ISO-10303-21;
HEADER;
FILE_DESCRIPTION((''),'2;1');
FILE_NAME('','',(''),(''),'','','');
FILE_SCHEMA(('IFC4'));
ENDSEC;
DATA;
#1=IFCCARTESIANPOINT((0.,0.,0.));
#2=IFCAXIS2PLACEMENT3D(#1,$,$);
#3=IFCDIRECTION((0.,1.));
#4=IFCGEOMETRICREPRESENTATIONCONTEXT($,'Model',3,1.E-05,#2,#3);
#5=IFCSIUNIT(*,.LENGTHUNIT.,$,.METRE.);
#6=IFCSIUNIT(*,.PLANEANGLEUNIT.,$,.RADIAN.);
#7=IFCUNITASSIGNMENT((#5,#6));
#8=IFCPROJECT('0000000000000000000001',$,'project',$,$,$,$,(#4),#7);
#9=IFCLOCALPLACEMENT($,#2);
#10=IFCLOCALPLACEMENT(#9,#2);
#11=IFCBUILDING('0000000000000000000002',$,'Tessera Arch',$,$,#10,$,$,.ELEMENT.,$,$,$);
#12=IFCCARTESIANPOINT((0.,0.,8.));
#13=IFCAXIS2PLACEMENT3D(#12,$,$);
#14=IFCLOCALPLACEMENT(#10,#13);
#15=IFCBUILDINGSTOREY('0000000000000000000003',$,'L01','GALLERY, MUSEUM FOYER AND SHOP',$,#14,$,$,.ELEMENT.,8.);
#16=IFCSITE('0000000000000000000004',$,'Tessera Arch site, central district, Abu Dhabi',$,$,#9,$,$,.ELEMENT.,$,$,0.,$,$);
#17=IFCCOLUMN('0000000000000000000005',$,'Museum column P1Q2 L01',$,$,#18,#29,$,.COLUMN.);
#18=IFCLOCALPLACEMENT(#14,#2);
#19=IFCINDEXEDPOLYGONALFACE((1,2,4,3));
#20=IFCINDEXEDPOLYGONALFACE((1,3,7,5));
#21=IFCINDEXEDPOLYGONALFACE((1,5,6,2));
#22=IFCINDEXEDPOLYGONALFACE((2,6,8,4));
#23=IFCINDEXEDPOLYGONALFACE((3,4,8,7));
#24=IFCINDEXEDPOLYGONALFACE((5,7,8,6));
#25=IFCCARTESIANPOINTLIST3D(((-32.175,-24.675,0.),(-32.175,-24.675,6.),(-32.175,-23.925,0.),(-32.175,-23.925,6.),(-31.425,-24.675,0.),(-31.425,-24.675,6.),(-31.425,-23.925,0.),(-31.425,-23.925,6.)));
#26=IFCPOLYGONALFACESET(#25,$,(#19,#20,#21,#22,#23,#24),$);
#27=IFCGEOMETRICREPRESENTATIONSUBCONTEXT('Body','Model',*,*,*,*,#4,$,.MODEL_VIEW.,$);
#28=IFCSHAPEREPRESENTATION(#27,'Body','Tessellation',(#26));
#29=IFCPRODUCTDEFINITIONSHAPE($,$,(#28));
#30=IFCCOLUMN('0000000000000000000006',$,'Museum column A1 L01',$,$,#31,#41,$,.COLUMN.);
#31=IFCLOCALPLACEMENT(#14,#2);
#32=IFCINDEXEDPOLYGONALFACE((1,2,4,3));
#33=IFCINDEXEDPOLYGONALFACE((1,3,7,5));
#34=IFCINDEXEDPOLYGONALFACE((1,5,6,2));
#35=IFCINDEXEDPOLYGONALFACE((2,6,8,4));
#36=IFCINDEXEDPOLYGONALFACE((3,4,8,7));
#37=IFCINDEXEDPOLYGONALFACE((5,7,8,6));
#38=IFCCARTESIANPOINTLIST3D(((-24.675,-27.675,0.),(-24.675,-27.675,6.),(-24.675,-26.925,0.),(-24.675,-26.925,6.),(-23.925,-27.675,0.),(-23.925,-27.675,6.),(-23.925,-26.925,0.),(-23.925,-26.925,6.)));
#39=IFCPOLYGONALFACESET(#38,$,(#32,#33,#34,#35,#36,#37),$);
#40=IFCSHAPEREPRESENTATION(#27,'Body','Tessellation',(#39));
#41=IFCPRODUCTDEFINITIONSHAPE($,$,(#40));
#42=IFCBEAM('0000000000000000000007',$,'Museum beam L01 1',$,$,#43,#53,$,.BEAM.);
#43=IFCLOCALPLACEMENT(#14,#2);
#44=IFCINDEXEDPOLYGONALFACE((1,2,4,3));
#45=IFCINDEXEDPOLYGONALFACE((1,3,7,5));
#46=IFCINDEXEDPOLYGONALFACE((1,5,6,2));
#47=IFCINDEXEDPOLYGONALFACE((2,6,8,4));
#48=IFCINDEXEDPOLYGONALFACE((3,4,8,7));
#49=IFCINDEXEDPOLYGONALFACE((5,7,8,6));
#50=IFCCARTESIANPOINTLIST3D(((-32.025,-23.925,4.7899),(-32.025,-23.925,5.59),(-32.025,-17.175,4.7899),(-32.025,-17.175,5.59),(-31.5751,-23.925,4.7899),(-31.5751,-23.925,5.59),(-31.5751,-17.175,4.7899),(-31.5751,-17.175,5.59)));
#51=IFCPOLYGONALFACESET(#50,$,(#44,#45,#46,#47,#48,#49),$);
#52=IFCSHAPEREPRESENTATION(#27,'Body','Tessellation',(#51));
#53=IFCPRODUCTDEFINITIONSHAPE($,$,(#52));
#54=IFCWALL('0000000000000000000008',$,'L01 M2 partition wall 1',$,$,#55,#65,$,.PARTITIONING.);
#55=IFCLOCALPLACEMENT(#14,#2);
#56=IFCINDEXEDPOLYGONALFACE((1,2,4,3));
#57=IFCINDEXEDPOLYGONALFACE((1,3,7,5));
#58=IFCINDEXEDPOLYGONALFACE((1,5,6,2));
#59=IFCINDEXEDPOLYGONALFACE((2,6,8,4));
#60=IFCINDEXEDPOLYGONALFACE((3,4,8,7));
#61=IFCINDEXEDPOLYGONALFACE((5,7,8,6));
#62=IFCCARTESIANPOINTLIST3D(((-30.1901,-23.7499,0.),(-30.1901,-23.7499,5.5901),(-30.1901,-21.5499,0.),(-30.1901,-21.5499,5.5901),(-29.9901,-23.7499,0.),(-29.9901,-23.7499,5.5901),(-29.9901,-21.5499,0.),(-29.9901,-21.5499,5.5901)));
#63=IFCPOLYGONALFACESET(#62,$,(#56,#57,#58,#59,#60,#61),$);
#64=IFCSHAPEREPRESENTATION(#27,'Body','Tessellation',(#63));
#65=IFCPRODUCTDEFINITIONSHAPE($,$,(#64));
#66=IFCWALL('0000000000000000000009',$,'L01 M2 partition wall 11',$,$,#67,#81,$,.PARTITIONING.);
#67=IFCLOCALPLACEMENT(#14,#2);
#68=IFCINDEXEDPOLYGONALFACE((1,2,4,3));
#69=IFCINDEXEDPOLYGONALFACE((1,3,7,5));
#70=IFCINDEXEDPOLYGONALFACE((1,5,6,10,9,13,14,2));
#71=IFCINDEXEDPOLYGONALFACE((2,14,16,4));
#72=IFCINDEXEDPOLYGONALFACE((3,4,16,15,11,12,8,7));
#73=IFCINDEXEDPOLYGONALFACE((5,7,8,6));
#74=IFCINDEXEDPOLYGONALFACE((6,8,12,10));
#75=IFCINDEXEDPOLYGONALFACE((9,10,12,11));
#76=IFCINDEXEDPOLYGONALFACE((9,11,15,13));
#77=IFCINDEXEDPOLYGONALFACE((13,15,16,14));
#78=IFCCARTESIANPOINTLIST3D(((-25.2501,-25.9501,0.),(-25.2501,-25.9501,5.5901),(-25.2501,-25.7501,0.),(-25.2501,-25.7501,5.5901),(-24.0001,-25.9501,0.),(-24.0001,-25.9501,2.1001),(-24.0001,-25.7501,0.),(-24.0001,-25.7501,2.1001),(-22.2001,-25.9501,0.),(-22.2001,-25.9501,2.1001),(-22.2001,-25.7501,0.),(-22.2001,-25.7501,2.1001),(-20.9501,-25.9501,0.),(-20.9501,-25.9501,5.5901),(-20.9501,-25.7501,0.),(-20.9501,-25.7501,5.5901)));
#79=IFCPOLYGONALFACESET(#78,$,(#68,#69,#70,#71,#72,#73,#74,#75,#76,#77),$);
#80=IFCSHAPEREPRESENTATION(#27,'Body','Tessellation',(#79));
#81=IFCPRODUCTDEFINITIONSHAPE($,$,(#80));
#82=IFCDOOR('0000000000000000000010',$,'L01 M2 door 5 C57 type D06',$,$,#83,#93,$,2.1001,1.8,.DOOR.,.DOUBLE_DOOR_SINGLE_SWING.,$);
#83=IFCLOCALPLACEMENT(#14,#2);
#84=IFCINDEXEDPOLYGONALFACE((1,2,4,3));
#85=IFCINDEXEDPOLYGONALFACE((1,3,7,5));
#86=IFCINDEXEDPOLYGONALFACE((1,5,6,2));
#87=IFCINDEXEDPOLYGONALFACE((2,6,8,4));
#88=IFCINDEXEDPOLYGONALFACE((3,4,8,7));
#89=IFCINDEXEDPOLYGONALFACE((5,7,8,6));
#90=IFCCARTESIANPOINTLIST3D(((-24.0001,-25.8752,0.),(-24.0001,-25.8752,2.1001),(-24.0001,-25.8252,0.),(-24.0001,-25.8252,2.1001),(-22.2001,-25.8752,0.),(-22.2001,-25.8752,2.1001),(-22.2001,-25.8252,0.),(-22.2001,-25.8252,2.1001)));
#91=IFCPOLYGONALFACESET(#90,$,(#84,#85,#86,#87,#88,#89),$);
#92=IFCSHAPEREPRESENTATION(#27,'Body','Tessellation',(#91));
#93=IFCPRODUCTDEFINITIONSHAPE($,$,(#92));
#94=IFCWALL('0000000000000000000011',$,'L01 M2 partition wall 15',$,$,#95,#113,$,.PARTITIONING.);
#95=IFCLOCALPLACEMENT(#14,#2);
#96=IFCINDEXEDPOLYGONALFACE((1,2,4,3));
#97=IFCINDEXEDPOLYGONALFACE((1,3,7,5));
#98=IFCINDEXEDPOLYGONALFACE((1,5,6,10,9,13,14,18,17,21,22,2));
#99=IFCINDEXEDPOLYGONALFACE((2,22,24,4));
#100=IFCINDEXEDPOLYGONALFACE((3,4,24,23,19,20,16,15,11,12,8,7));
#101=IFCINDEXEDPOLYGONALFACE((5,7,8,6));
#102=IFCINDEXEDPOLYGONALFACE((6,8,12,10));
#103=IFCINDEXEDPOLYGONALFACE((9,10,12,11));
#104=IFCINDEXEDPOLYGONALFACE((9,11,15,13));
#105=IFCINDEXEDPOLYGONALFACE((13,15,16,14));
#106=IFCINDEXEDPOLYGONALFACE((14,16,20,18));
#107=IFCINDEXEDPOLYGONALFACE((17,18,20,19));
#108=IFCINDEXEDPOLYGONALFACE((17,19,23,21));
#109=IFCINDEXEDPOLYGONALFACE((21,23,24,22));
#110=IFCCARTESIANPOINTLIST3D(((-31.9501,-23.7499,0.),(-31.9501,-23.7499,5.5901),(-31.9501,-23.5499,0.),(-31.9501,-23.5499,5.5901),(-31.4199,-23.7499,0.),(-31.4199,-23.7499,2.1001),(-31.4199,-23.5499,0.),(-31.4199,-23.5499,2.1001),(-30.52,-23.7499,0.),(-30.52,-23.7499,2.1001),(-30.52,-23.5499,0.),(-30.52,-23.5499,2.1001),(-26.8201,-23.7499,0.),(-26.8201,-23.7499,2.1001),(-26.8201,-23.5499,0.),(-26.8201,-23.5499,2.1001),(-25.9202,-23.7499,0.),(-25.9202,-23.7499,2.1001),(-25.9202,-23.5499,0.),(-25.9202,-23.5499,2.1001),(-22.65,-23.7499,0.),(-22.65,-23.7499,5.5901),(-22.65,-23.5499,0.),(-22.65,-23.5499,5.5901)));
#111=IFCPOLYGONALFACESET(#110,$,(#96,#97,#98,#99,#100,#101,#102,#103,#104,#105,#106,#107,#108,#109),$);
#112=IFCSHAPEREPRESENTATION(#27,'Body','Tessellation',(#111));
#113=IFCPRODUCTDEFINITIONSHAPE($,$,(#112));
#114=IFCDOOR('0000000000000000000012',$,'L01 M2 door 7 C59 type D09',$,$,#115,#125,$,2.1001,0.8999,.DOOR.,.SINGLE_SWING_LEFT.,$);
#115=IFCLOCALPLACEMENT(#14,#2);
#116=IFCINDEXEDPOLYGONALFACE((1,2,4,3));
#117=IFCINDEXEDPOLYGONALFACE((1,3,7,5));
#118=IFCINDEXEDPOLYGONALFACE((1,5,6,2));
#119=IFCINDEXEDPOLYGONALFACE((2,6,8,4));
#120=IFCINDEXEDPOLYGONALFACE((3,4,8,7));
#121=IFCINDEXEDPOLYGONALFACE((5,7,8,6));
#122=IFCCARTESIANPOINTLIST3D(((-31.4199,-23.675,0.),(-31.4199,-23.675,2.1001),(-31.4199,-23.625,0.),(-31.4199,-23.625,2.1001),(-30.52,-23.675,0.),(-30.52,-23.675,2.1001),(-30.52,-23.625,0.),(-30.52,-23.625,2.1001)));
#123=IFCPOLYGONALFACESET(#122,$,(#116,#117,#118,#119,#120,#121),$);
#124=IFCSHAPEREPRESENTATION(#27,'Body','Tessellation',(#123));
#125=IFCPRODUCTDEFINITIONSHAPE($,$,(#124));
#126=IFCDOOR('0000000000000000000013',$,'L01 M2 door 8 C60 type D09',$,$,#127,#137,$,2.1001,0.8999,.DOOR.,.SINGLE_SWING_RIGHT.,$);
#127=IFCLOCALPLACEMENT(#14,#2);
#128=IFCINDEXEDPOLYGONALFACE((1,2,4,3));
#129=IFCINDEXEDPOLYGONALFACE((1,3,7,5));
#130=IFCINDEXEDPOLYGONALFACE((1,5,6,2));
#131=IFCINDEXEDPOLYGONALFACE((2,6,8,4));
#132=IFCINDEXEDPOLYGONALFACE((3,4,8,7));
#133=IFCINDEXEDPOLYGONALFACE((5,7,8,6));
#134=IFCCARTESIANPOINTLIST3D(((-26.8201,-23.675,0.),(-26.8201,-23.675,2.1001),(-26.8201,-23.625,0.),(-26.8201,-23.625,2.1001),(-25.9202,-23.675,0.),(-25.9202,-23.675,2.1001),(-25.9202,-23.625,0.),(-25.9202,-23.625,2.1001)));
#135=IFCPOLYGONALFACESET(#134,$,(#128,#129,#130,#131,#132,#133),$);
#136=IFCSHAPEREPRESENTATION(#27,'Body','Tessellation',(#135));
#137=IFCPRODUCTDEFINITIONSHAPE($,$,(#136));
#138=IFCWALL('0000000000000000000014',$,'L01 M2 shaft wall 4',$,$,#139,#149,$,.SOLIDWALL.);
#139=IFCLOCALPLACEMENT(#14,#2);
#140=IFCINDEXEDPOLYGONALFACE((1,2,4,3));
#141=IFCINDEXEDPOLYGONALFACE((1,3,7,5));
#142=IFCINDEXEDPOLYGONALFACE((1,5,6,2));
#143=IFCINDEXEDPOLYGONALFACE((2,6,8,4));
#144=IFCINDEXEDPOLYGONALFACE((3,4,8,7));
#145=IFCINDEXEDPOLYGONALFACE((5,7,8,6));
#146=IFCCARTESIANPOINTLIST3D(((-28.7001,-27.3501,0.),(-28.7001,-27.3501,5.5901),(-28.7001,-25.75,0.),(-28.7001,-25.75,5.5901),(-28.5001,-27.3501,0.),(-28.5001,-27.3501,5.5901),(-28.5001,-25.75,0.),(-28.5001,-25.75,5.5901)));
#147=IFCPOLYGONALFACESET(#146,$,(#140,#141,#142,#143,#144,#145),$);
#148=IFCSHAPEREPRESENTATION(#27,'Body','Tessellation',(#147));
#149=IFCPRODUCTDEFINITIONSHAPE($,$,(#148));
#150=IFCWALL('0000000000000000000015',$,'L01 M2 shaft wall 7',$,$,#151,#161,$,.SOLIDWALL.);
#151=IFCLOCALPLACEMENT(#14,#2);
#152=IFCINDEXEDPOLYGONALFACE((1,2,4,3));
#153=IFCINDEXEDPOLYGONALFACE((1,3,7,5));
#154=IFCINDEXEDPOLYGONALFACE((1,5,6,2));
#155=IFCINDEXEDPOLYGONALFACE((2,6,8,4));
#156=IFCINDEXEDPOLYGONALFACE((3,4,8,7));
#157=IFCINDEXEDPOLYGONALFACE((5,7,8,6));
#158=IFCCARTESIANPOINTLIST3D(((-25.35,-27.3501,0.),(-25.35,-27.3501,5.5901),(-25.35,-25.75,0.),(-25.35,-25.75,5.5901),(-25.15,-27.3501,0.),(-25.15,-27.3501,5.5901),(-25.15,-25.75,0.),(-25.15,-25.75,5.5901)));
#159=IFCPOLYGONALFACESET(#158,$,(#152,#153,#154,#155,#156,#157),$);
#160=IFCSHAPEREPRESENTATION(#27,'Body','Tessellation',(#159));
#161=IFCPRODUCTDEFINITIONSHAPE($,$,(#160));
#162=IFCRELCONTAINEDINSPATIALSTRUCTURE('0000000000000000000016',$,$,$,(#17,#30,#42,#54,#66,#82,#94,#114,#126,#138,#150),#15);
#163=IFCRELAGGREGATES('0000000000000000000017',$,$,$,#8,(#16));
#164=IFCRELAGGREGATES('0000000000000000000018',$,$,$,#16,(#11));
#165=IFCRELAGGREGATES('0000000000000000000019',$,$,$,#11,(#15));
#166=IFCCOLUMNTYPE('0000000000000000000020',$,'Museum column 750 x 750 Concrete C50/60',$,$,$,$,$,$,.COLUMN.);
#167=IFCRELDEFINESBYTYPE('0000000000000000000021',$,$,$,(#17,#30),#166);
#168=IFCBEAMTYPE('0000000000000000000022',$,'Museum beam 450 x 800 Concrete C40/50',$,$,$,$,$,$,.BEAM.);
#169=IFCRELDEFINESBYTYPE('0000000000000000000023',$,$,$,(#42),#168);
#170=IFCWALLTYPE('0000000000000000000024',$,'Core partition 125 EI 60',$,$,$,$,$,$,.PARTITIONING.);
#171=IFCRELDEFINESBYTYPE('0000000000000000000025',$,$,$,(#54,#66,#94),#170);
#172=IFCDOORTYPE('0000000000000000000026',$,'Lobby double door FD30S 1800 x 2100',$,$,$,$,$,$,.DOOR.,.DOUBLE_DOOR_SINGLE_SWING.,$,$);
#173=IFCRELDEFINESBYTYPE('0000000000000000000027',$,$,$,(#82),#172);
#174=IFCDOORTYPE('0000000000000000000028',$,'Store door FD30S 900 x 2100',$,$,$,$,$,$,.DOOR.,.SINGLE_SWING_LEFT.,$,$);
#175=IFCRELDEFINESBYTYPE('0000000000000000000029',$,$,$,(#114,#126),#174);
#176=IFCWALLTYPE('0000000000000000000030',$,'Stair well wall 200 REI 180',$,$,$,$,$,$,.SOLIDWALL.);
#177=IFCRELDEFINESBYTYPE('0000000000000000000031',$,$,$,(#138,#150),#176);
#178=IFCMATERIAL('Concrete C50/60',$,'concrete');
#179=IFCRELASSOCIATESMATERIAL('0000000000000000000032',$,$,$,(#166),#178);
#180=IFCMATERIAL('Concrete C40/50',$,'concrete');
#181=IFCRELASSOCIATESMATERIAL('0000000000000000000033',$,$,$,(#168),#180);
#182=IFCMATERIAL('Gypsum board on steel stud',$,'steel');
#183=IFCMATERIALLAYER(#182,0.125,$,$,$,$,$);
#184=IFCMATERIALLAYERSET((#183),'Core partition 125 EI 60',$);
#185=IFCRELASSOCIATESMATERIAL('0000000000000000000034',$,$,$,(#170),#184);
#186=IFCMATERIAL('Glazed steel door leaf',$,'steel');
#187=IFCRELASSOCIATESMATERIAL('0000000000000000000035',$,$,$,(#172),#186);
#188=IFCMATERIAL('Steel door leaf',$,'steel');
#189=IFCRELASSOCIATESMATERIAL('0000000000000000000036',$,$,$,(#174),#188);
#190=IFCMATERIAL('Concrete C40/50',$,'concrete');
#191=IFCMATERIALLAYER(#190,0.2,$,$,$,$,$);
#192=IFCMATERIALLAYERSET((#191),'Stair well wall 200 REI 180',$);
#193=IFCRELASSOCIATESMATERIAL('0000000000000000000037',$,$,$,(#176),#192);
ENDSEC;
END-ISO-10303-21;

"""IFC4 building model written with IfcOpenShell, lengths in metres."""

from ifc_helpers import new_model, si_unit, direction, frame, frame_2d, origin, origin_2d, place, context, subcontext, project, spatial, rectangle, extrude, material, layer, layer_set, material_profile, profile_set, type_object, element, fill, save


model = new_model("IFC4")

# Units and contexts
model_context = context("Model", 3, precision=1e-05, world=origin(), true_north=direction((0.0, 1.0)))
body_context = subcontext(model_context, "Body", "Model", "MODEL_VIEW")
ifc_project = project(units=[si_unit("LENGTHUNIT", "METRE"), si_unit("PLANEANGLEUNIT", "RADIAN")], contexts=[model_context])

# Site, building, storey
site_placement = place(None, origin())
site = spatial("IfcSite", under=ifc_project, at=site_placement, Name="Tessera Arch site, central district, Abu Dhabi", CompositionType="ELEMENT", RefElevation=0.0)
building_placement = place(site_placement, origin())
building = spatial("IfcBuilding", under=site, at=building_placement, Name="Tessera Arch", CompositionType="ELEMENT")
storey_placement = place(building_placement, frame((0.0, 0.0, 8.0)))
storey = spatial("IfcBuildingStorey", under=building, at=storey_placement, Name="L01", Description="GALLERY, MUSEUM FOYER AND SHOP", CompositionType="ELEMENT", Elevation=8.0)

# Columns
ifc_material_1 = material(Name="Concrete C50/60", Category="concrete")
ifc_material_profile_1 = material_profile(ifc_material_1, rectangle(XDim=0.75, YDim=0.75, at=origin_2d()), Name="Museum column 750 x 750 Concrete C50/60")
ifc_profile_set_1 = profile_set([ifc_material_profile_1], Name="Concrete C50/60")
column_type = type_object("IfcColumnType", Name="Museum column 750 x 750 Concrete C50/60", PredefinedType="COLUMN", material=ifc_profile_set_1)
for number, where, z_axis, x_axis, name in (
    (1, (-31.8, -24.3, 0.0), (0.0, 0.0, 1.0), (1.0, 0.0, 0.0), "Museum column P1Q2 L01"),
    (2, (-24.3, -27.3, 0.0), (0.0, 0.0, 1.0), (1.0, 0.0, 0.0), "Museum column A1 L01"),
):
    element("IfcColumn", number, at=place(storey_placement, frame(where, z_axis=z_axis, x_axis=x_axis)), inside=storey, type_object=column_type, Name=name, PredefinedType="COLUMN", context=body_context, shape_type="SweptSolid", body=[
        extrude(rectangle(XDim=0.75, YDim=0.75, at=origin_2d()), origin(), (0.0, 0.0, 1.0), 6.0),
    ])

# Beam
ifc_material_2 = material(Name="Concrete C40/50", Category="concrete")
ifc_material_profile_2 = material_profile(ifc_material_2, rectangle(XDim=0.45, YDim=0.8, at=origin_2d()), Name="Museum beam 450 x 800 Concrete C40/50")
ifc_profile_set_2 = profile_set([ifc_material_profile_2], Name="Concrete C40/50")
beam_type = type_object("IfcBeamType", Name="Museum beam 450 x 800 Concrete C40/50", PredefinedType="BEAM", material=ifc_profile_set_2)
beam_placement = place(storey_placement, frame((-31.8, -23.925, 5.1899), z_axis=(0.0, 1.0, 0.0), x_axis=(-1.0, 0.0, 0.0)))
element("IfcBeam", 3, at=beam_placement, inside=storey, type_object=beam_type, Name="Museum beam L01 1", PredefinedType="BEAM", context=body_context, shape_type="SweptSolid", body=[
    extrude(rectangle(XDim=0.45, YDim=0.8, at=origin_2d()), origin(), (0.0, 0.0, 1.0), 6.75),
])

# Wall
ifc_material_3 = material(Name="Gypsum board on steel stud", Category="steel")
ifc_layer_1 = layer(ifc_material_3, 0.125)
ifc_layer_set_1 = layer_set([ifc_layer_1], Name="Core partition 125 EI 60")
wall_type_1 = type_object("IfcWallType", Name="Core partition 125 EI 60", PredefinedType="PARTITIONING", material=ifc_layer_set_1)
wall_1_placement = place(storey_placement, frame((-30.0901, -23.75, 0.0), z_axis=(0.0, 0.0, 1.0), x_axis=(0.0, 1.0, 0.0)))
element("IfcWall", 4, at=wall_1_placement, inside=storey, type_object=wall_type_1, Name="L01 M2 partition wall 1", PredefinedType="PARTITIONING", context=body_context, shape_type="SweptSolid", body=[
    extrude(rectangle(XDim=2.2, YDim=0.2, at=frame_2d((1.1001, 0.0))), origin(), (0.0, 0.0, 1.0), 5.5901),
])

# Wall, opening, door
wall_2_placement = place(storey_placement, frame((-25.25, -25.8501, 0.0), z_axis=(0.0, 0.0, 1.0), x_axis=(1.0, 0.0, 0.0)))
wall_2 = element("IfcWall", 5, at=wall_2_placement, inside=storey, type_object=wall_type_1, Name="L01 M2 partition wall 11", PredefinedType="PARTITIONING", context=body_context, shape_type="SweptSolid", body=[
    extrude(rectangle(XDim=4.3, YDim=0.2, at=frame_2d((2.1499, 0.0))), origin(), (0.0, 0.0, 1.0), 5.5901),
])
opening_1_placement = place(wall_2_placement, frame((1.25, 0.0, 0.0)))
opening_1 = element("IfcOpeningElement", 6, at=opening_1_placement, cuts=wall_2, PredefinedType="OPENING", context=body_context, shape_type="SweptSolid", body=[
    extrude(rectangle(XDim=1.8, YDim=2.1001, at=frame_2d((0.8999, 1.05))), frame((0.0, 0.1099, 0.0), z_axis=(0.0, -1.0, 0.0), x_axis=(1.0, 0.0, 0.0)), (0.0, 0.0, 1.0), 0.22),
])
ifc_material_4 = material(Name="Glazed steel door leaf", Category="steel")
door_type_1 = type_object("IfcDoorType", Name="Lobby double door FD30S 1800 x 2100", OperationType="DOUBLE_DOOR_SINGLE_SWING", PredefinedType="DOOR", material=ifc_material_4)
door_1_placement = place(opening_1_placement, origin())
door_1 = element("IfcDoor", 7, at=door_1_placement, inside=storey, type_object=door_type_1, Name="L01 M2 door 5 C57 type D06", OperationType="DOUBLE_DOOR_SINGLE_SWING", OverallHeight=2.1001, OverallWidth=1.8, PredefinedType="DOOR", context=body_context, shape_type="SweptSolid", body=[
    extrude(rectangle(XDim=1.8, YDim=2.1001, at=frame_2d((0.8999, 1.05))), frame((0.0, 0.0249, 0.0), z_axis=(0.0, -1.0, 0.0), x_axis=(1.0, 0.0, 0.0)), (0.0, 0.0, 1.0), 0.05),
])
fill(opening_1, door_1)

# Wall, openings, doors
wall_3_placement = place(storey_placement, frame((-31.95, -23.6499, 0.0), z_axis=(0.0, 0.0, 1.0), x_axis=(1.0, 0.0, 0.0)))
wall_3 = element("IfcWall", 8, at=wall_3_placement, inside=storey, type_object=wall_type_1, Name="L01 M2 partition wall 15", PredefinedType="PARTITIONING", context=body_context, shape_type="SweptSolid", body=[
    extrude(rectangle(XDim=9.3, YDim=0.2, at=frame_2d((4.6499, 0.0))), origin(), (0.0, 0.0, 1.0), 5.5901),
])
opening_2_placement = place(wall_3_placement, frame((0.53, 0.0, 0.0)))
opening_2 = element("IfcOpeningElement", 9, at=opening_2_placement, cuts=wall_3, PredefinedType="OPENING", context=body_context, shape_type="SweptSolid", body=[
    extrude(rectangle(XDim=0.8999, YDim=2.1001, at=frame_2d((0.45, 1.05))), frame((0.0, 0.1099, 0.0), z_axis=(0.0, -1.0, 0.0), x_axis=(1.0, 0.0, 0.0)), (0.0, 0.0, 1.0), 0.22),
])
opening_3_placement = place(wall_3_placement, frame((5.1299, 0.0, 0.0)))
opening_3 = element("IfcOpeningElement", 10, at=opening_3_placement, cuts=wall_3, PredefinedType="OPENING", context=body_context, shape_type="SweptSolid", body=[
    extrude(rectangle(XDim=0.8999, YDim=2.1001, at=frame_2d((0.45, 1.05))), frame((0.0, 0.1099, 0.0), z_axis=(0.0, -1.0, 0.0), x_axis=(1.0, 0.0, 0.0)), (0.0, 0.0, 1.0), 0.22),
])
ifc_material_5 = material(Name="Steel door leaf", Category="steel")
door_type_2 = type_object("IfcDoorType", Name="Store door FD30S 900 x 2100", OperationType="SINGLE_SWING_LEFT", PredefinedType="DOOR", material=ifc_material_5)
door_2_placement = place(opening_2_placement, origin())
door_2 = element("IfcDoor", 11, at=door_2_placement, inside=storey, type_object=door_type_2, Name="L01 M2 door 7 C59 type D09", OperationType="SINGLE_SWING_LEFT", OverallHeight=2.1001, OverallWidth=0.8999, PredefinedType="DOOR", context=body_context, shape_type="SweptSolid", body=[
    extrude(rectangle(XDim=0.8999, YDim=2.1001, at=frame_2d((0.45, 1.05))), frame((0.0, 0.0249, 0.0), z_axis=(0.0, -1.0, 0.0), x_axis=(1.0, 0.0, 0.0)), (0.0, 0.0, 1.0), 0.05),
])
fill(opening_2, door_2)
door_3_placement = place(opening_3_placement, origin())
door_3 = element("IfcDoor", 12, at=door_3_placement, inside=storey, type_object=door_type_2, Name="L01 M2 door 8 C60 type D09", OperationType="SINGLE_SWING_RIGHT", OverallHeight=2.1001, OverallWidth=0.8999, PredefinedType="DOOR", context=body_context, shape_type="SweptSolid", body=[
    extrude(rectangle(XDim=0.8999, YDim=2.1001, at=frame_2d((0.45, 1.05))), frame((0.0, 0.0249, 0.0), z_axis=(0.0, -1.0, 0.0), x_axis=(1.0, 0.0, 0.0)), (0.0, 0.0, 1.0), 0.05),
])
fill(opening_3, door_3)

# Walls
ifc_material_6 = material(Name="Concrete C40/50", Category="concrete")
ifc_layer_2 = layer(ifc_material_6, 0.2)
ifc_layer_set_2 = layer_set([ifc_layer_2], Name="Stair well wall 200 REI 180")
wall_type_2 = type_object("IfcWallType", Name="Stair well wall 200 REI 180", PredefinedType="SOLIDWALL", material=ifc_layer_set_2)
for number, where, z_axis, x_axis, name in (
    (13, (-28.6001, -27.3501, 0.0), (0.0, 0.0, 1.0), (0.0, 1.0, 0.0), "L01 M2 shaft wall 4"),
    (14, (-25.25, -27.3501, 0.0), (0.0, 0.0, 1.0), (0.0, 1.0, 0.0), "L01 M2 shaft wall 7"),
):
    element("IfcWall", number, at=place(storey_placement, frame(where, z_axis=z_axis, x_axis=x_axis)), inside=storey, type_object=wall_type_2, Name=name, PredefinedType="SOLIDWALL", context=body_context, shape_type="SweptSolid", body=[
        extrude(rectangle(XDim=1.6001, YDim=0.2, at=frame_2d((0.8, 0.0))), origin(), (0.0, 0.0, 1.0), 5.5901),
    ])

save(model, "model.ifc")
